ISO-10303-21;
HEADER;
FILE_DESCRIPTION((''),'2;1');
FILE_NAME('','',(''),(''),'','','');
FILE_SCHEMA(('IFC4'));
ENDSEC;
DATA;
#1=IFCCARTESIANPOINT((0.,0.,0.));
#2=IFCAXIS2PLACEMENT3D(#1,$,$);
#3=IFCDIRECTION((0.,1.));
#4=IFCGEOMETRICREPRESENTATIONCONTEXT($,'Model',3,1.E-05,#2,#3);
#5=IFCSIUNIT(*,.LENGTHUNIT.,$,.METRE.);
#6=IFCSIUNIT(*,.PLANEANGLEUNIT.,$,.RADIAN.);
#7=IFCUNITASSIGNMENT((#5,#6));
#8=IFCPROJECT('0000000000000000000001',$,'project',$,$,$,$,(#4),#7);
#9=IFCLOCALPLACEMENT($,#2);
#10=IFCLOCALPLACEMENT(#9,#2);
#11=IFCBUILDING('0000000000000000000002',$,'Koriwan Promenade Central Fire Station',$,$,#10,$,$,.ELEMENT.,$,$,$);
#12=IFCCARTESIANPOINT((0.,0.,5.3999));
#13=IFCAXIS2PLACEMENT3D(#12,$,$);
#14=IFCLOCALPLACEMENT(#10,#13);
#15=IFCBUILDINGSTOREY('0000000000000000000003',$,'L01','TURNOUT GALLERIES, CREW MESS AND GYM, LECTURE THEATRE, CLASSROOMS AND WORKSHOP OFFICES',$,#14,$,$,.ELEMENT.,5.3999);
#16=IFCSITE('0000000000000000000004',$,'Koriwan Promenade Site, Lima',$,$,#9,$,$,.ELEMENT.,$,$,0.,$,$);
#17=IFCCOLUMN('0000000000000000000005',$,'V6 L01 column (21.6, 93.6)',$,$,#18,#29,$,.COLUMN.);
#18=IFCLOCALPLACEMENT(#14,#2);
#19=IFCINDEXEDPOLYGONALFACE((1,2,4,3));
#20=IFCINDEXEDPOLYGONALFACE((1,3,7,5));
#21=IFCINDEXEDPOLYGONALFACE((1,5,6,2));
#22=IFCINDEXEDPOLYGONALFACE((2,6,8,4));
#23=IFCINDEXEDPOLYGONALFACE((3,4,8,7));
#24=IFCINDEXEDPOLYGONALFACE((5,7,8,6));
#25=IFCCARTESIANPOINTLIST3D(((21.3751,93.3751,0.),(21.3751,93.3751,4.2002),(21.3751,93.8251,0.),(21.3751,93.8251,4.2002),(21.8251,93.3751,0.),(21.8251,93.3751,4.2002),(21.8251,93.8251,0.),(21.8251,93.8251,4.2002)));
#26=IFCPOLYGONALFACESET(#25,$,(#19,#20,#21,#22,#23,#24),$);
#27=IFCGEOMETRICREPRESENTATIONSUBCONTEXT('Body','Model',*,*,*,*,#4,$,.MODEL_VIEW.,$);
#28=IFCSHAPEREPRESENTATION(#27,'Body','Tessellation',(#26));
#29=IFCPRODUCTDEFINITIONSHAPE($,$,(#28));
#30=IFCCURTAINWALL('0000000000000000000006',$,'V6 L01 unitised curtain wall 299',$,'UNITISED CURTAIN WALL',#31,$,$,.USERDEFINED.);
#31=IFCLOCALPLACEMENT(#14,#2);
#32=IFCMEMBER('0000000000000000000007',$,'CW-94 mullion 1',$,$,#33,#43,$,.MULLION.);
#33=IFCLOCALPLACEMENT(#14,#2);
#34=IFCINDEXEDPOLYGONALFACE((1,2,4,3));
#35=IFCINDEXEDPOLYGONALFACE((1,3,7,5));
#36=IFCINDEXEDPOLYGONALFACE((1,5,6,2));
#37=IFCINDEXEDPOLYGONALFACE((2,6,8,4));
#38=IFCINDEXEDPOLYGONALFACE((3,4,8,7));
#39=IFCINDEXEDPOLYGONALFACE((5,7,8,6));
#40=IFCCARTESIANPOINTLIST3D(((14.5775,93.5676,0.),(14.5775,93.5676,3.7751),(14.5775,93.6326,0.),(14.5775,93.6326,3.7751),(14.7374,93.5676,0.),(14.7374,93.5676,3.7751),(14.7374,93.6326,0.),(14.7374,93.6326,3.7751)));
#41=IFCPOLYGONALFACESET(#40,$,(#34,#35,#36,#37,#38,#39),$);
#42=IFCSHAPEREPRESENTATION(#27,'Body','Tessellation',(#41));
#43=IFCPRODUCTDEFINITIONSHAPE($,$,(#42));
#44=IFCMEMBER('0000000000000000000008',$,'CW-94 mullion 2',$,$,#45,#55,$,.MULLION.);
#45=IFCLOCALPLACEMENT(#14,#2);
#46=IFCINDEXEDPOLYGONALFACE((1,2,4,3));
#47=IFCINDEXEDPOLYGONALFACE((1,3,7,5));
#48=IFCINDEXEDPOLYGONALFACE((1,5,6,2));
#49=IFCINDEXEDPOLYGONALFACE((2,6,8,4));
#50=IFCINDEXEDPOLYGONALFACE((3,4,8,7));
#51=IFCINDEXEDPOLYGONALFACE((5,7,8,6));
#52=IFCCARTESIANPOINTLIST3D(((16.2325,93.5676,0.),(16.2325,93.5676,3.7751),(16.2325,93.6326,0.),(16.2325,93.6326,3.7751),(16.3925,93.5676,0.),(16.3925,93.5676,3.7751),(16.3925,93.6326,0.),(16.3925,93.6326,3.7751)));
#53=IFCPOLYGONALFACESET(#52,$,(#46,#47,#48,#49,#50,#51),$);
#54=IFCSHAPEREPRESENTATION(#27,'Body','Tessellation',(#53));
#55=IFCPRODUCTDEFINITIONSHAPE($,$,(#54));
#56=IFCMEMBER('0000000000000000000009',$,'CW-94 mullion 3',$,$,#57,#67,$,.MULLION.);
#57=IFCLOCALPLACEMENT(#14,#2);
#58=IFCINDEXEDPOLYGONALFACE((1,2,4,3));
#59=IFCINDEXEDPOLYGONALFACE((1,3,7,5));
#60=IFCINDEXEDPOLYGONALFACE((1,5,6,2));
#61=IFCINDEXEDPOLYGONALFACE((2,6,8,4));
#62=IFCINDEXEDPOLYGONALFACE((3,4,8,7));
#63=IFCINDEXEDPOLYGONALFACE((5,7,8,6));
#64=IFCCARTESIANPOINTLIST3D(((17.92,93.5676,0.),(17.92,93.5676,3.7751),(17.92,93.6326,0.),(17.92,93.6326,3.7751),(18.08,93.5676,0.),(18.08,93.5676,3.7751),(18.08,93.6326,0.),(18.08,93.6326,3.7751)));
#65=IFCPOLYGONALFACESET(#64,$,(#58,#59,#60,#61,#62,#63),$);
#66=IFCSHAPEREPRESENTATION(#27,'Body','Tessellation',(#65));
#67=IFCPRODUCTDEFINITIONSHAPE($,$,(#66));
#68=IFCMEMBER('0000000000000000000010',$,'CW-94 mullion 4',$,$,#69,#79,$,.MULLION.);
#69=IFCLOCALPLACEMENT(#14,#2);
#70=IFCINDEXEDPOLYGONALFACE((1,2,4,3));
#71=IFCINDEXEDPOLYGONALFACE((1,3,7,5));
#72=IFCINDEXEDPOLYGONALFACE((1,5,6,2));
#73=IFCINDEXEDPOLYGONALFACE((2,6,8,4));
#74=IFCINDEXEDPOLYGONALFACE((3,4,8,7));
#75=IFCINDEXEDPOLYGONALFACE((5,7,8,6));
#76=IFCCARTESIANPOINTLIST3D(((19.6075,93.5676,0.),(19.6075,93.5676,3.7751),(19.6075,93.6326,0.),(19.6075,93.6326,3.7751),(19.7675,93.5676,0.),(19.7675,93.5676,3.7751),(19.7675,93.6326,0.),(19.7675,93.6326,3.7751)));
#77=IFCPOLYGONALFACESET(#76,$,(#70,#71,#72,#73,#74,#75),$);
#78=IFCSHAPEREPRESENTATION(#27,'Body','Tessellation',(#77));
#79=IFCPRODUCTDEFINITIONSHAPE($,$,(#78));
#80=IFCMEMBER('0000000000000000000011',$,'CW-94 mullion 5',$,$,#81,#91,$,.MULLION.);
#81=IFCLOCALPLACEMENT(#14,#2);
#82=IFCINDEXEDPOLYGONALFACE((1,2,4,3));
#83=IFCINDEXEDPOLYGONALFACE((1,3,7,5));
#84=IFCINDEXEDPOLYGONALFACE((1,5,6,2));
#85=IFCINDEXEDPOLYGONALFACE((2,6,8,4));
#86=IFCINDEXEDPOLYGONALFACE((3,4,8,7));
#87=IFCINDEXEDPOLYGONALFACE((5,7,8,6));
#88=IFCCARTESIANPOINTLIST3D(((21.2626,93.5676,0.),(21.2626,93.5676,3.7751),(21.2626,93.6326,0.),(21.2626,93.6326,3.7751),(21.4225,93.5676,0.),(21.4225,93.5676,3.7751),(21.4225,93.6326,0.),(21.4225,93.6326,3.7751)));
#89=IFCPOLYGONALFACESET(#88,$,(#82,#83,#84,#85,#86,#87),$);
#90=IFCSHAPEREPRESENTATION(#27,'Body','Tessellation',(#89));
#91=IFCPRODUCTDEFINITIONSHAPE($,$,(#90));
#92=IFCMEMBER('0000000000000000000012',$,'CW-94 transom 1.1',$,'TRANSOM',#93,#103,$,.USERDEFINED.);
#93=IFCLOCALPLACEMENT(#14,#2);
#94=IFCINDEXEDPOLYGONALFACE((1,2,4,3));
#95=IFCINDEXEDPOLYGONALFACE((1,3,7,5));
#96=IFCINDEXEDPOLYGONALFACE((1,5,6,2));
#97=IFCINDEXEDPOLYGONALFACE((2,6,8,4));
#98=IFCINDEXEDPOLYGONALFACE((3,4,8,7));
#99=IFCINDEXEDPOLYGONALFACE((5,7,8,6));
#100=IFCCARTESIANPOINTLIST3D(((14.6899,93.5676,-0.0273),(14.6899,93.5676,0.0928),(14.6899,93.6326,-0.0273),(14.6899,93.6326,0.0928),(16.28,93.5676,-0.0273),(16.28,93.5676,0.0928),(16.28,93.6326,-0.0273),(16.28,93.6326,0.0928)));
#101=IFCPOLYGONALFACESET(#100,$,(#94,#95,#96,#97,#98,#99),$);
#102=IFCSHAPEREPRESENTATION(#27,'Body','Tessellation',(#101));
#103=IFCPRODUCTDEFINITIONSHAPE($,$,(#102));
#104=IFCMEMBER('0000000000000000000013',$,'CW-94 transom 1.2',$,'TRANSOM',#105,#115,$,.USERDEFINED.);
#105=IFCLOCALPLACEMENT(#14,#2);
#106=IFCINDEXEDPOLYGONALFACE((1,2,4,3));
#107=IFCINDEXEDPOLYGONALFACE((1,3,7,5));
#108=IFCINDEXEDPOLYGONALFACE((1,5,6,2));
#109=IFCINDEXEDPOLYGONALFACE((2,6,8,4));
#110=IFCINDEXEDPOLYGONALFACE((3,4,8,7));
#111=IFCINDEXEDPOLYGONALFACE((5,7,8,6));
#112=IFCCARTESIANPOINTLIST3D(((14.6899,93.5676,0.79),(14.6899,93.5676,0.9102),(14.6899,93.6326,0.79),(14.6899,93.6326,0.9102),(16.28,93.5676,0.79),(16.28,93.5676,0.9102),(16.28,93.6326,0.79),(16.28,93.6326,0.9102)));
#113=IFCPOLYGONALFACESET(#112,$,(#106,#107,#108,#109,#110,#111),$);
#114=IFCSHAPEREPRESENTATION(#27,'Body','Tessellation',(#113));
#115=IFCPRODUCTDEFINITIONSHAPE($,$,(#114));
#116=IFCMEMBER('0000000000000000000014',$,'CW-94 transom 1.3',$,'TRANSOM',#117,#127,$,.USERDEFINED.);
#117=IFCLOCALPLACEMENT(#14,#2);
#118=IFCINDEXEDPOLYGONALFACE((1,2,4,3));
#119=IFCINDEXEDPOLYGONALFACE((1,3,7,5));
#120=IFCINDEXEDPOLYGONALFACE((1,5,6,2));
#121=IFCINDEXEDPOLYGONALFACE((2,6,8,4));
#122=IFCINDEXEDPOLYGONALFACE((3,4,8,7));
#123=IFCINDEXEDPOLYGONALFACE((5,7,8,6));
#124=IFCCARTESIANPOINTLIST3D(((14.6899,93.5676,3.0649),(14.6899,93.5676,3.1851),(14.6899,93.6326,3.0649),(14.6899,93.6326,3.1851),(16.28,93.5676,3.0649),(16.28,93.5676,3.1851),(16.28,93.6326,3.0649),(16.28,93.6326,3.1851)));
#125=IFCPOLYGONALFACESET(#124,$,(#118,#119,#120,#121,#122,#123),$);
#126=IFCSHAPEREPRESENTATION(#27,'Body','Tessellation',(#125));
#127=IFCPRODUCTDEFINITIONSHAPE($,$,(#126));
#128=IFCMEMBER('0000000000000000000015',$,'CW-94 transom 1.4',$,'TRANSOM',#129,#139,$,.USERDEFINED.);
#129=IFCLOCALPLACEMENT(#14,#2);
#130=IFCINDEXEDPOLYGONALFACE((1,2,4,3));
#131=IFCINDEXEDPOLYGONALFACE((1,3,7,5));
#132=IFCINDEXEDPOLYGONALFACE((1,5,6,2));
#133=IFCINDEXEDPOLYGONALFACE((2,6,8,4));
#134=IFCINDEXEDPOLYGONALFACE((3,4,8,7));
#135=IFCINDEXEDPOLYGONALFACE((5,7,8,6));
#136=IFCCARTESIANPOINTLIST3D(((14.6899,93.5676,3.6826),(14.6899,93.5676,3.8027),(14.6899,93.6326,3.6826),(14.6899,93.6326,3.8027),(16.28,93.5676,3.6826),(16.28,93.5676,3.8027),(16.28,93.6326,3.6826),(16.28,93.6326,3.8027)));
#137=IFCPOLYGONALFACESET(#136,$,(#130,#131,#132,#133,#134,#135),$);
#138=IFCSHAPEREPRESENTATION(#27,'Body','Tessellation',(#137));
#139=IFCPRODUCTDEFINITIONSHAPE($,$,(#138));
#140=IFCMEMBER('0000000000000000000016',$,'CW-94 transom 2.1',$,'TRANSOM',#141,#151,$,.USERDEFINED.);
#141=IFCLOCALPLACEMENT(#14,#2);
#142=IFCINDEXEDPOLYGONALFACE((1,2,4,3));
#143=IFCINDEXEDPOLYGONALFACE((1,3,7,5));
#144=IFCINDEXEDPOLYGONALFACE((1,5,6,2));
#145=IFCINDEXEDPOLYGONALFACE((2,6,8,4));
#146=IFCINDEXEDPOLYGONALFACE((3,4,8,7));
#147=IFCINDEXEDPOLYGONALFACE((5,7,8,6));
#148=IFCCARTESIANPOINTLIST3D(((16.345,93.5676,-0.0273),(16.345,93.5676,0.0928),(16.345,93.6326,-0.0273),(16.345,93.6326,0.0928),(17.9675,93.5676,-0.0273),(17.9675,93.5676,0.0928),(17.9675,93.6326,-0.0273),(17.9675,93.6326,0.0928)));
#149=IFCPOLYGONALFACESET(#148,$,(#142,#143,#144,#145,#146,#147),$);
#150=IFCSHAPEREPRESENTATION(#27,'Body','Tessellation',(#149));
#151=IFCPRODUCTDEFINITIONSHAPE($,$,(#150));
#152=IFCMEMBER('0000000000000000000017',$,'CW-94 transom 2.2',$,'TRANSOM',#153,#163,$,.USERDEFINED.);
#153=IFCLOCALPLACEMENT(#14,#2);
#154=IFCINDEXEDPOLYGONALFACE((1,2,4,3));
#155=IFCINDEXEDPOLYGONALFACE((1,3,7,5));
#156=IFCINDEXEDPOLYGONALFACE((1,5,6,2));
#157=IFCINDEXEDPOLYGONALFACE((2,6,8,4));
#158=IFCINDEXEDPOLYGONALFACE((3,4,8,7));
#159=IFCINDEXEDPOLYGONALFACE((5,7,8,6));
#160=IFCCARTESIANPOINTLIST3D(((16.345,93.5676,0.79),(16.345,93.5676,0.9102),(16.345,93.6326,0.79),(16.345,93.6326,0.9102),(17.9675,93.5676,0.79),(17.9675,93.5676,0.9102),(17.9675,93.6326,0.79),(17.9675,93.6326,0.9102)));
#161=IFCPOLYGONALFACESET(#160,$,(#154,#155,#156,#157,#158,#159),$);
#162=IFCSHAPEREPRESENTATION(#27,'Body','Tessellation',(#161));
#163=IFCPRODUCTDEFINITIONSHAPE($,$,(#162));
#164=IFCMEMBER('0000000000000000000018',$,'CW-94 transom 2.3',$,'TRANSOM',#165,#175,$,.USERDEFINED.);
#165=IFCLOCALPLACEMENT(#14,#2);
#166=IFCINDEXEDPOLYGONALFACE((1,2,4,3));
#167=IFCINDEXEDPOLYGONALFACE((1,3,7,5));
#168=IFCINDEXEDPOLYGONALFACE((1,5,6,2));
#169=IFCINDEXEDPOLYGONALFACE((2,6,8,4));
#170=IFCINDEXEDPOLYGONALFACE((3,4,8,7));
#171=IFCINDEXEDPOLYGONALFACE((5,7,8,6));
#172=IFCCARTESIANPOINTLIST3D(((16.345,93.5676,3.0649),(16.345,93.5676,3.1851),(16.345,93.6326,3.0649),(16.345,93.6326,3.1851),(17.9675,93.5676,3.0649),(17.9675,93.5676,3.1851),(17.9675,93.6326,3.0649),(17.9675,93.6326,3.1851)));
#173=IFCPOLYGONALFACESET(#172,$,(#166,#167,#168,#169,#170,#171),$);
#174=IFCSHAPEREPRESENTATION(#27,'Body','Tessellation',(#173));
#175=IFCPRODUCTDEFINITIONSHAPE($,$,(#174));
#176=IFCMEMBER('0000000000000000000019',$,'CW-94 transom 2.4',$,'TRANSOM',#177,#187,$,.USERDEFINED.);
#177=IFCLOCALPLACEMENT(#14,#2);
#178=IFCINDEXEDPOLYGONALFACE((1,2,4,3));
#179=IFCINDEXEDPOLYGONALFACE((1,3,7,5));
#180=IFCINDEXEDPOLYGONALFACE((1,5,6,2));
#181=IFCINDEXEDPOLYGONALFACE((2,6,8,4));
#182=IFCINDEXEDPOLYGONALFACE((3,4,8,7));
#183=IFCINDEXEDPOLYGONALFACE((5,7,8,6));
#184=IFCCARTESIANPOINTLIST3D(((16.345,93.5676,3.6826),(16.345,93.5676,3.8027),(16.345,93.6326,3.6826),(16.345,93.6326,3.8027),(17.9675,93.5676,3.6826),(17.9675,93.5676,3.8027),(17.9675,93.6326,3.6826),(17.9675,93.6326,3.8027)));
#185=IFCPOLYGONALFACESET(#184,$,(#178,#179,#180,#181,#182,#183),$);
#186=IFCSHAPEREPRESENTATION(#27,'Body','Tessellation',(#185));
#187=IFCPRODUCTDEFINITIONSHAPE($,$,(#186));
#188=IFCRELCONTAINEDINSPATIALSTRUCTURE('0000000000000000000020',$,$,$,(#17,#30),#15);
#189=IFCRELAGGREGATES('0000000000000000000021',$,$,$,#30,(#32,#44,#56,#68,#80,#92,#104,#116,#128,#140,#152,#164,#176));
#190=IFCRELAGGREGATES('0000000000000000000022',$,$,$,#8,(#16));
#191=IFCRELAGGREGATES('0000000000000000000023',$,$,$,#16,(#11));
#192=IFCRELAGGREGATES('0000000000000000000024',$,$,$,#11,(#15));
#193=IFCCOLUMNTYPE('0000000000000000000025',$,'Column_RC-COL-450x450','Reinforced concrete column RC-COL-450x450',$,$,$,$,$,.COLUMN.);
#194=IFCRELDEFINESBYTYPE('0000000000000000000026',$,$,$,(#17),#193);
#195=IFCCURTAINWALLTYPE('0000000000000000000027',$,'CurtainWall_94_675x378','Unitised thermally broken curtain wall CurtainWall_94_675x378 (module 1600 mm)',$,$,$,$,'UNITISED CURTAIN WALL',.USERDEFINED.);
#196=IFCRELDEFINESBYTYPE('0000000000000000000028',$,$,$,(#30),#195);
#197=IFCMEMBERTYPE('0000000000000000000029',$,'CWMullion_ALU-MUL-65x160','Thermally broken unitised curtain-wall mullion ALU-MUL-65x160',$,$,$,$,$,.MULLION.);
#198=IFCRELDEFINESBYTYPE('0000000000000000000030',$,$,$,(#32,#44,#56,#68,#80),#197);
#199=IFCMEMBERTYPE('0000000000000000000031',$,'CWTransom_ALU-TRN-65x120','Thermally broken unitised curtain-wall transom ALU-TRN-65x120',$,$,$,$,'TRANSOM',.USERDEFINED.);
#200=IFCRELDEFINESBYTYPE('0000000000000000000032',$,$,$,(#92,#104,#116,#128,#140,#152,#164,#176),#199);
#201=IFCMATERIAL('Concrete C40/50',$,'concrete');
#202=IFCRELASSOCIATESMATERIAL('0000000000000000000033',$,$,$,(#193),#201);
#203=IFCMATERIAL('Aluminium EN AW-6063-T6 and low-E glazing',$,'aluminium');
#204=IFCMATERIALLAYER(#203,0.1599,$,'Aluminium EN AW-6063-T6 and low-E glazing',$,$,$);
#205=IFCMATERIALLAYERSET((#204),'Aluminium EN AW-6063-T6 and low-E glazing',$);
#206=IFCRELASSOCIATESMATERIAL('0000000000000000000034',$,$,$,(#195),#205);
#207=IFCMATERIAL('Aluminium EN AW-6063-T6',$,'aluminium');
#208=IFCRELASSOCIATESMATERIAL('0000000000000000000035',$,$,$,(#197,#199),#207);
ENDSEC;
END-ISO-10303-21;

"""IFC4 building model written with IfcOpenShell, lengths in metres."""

from ifc_helpers import new_model, si_unit, direction, frame, origin, origin_2d, place, context, subcontext, project, spatial, rectangle, extrude, material, layer, layer_set, material_profile, profile_set, type_object, element, aggregate, save


model = new_model("IFC4")

# Units and contexts
model_context = context("Model", 3, precision=1e-05, world=origin(), true_north=direction((0.0, 1.0)))
body_context = subcontext(model_context, "Body", "Model", "MODEL_VIEW")
ifc_project = project(units=[si_unit("LENGTHUNIT", "METRE"), si_unit("PLANEANGLEUNIT", "RADIAN")], contexts=[model_context])

# Site, building, storey
site_placement = place(None, origin())
site = spatial("IfcSite", under=ifc_project, at=site_placement, Name="Koriwan Promenade Site, Lima", CompositionType="ELEMENT", RefElevation=0.0)
building_placement = place(site_placement, origin())
building = spatial("IfcBuilding", under=site, at=building_placement, Name="Koriwan Promenade Central Fire Station", CompositionType="ELEMENT")
storey_placement = place(building_placement, frame((0.0, 0.0, 5.3999)))
storey = spatial("IfcBuildingStorey", under=building, at=storey_placement, Name="L01", Description="TURNOUT GALLERIES, CREW MESS AND GYM, LECTURE THEATRE, CLASSROOMS AND WORKSHOP OFFICES", CompositionType="ELEMENT", Elevation=5.3999)

# Column
ifc_material_1 = material(Name="Concrete C40/50", Category="concrete")
ifc_material_profile_1 = material_profile(ifc_material_1, rectangle(XDim=0.45, YDim=0.45, at=origin_2d()), Name="RC-COL-450x450")
ifc_profile_set_1 = profile_set([ifc_material_profile_1], Name="Concrete C40/50")
column_type = type_object("IfcColumnType", Name="Column_RC-COL-450x450", Description="Reinforced concrete column RC-COL-450x450", PredefinedType="COLUMN", material=ifc_profile_set_1)
column_placement = place(storey_placement, frame((21.6001, 93.6001, 0.0), z_axis=(0.0, 0.0, 1.0), x_axis=(1.0, 0.0, 0.0)))
element("IfcColumn", 1, at=column_placement, inside=storey, type_object=column_type, Name="V6 L01 column (21.6, 93.6)", PredefinedType="COLUMN", context=body_context, shape_type="SweptSolid", body=[
    extrude(rectangle(XDim=0.45, YDim=0.45, at=origin_2d()), origin(), (0.0, 0.0, 1.0), 4.2002),
])

# Curtain wall, members
ifc_material_2 = material(Name="Aluminium EN AW-6063-T6 and low-E glazing", Category="aluminium")
ifc_layer_1 = layer(ifc_material_2, 0.1599, Name="Aluminium EN AW-6063-T6 and low-E glazing")
ifc_layer_set_1 = layer_set([ifc_layer_1], Name="Aluminium EN AW-6063-T6 and low-E glazing")
curtain_wall_type = type_object("IfcCurtainWallType", Name="CurtainWall_94_675x378", Description="Unitised thermally broken curtain wall CurtainWall_94_675x378 (module 1600 mm)", ElementType="UNITISED CURTAIN WALL", PredefinedType="USERDEFINED", material=ifc_layer_set_1)
curtain_wall_placement = place(storey_placement, origin())
curtain_wall = element("IfcCurtainWall", 2, at=curtain_wall_placement, inside=storey, type_object=curtain_wall_type, Name="V6 L01 unitised curtain wall 299", ObjectType="UNITISED CURTAIN WALL", PredefinedType="USERDEFINED")
ifc_material_3 = material(Name="Aluminium EN AW-6063-T6", Category="aluminium")
ifc_material_profile_2 = material_profile(ifc_material_3, rectangle(XDim=0.0649, YDim=0.1599, at=origin_2d()), Name="ALU-MUL-65x160")
ifc_profile_set_2 = profile_set([ifc_material_profile_2], Name="Aluminium EN AW-6063-T6")
member_type_1 = type_object("IfcMemberType", Name="CWMullion_ALU-MUL-65x160", Description="Thermally broken unitised curtain-wall mullion ALU-MUL-65x160", PredefinedType="MULLION", material=ifc_profile_set_2)
member_1_placement = place(storey_placement, frame((14.6575, 93.6001, 0.0), z_axis=(0.0, 0.0, 1.0), x_axis=(0.0, 1.0, 0.0)))
member_1 = element("IfcMember", 3, at=member_1_placement, type_object=member_type_1, Name="CW-94 mullion 1", PredefinedType="MULLION", context=body_context, shape_type="SweptSolid", body=[
    extrude(rectangle(XDim=0.0649, YDim=0.1599, at=origin_2d()), origin(), (0.0, 0.0, 1.0), 3.7751),
])
member_2_placement = place(storey_placement, frame((16.3125, 93.6001, 0.0), z_axis=(0.0, 0.0, 1.0), x_axis=(0.0, 1.0, 0.0)))
member_2 = element("IfcMember", 4, at=member_2_placement, type_object=member_type_1, Name="CW-94 mullion 2", PredefinedType="MULLION", context=body_context, shape_type="SweptSolid", body=[
    extrude(rectangle(XDim=0.0649, YDim=0.1599, at=origin_2d()), origin(), (0.0, 0.0, 1.0), 3.7751),
])
member_3_placement = place(storey_placement, frame((18.0, 93.6001, 0.0), z_axis=(0.0, 0.0, 1.0), x_axis=(0.0, 1.0, 0.0)))
member_3 = element("IfcMember", 5, at=member_3_placement, type_object=member_type_1, Name="CW-94 mullion 3", PredefinedType="MULLION", context=body_context, shape_type="SweptSolid", body=[
    extrude(rectangle(XDim=0.0649, YDim=0.1599, at=origin_2d()), origin(), (0.0, 0.0, 1.0), 3.7751),
])
member_4_placement = place(storey_placement, frame((19.6875, 93.6001, 0.0), z_axis=(0.0, 0.0, 1.0), x_axis=(0.0, 1.0, 0.0)))
member_4 = element("IfcMember", 6, at=member_4_placement, type_object=member_type_1, Name="CW-94 mullion 4", PredefinedType="MULLION", context=body_context, shape_type="SweptSolid", body=[
    extrude(rectangle(XDim=0.0649, YDim=0.1599, at=origin_2d()), origin(), (0.0, 0.0, 1.0), 3.7751),
])
member_5_placement = place(storey_placement, frame((21.3425, 93.6001, 0.0), z_axis=(0.0, 0.0, 1.0), x_axis=(0.0, 1.0, 0.0)))
member_5 = element("IfcMember", 7, at=member_5_placement, type_object=member_type_1, Name="CW-94 mullion 5", PredefinedType="MULLION", context=body_context, shape_type="SweptSolid", body=[
    extrude(rectangle(XDim=0.0649, YDim=0.1599, at=origin_2d()), origin(), (0.0, 0.0, 1.0), 3.7751),
])
ifc_material_profile_3 = material_profile(ifc_material_3, rectangle(XDim=0.0649, YDim=0.1201, at=origin_2d()), Name="ALU-TRN-65x120")
ifc_profile_set_3 = profile_set([ifc_material_profile_3], Name="Aluminium EN AW-6063-T6")
member_type_2 = type_object("IfcMemberType", Name="CWTransom_ALU-TRN-65x120", Description="Thermally broken unitised curtain-wall transom ALU-TRN-65x120", ElementType="TRANSOM", PredefinedType="USERDEFINED", material=ifc_profile_set_3)
member_6_placement = place(storey_placement, frame((14.6899, 93.6001, 0.0327), z_axis=(1.0, 0.0, 0.0), x_axis=(0.0, 1.0, 0.0)))
member_6 = element("IfcMember", 8, at=member_6_placement, type_object=member_type_2, Name="CW-94 transom 1.1", ObjectType="TRANSOM", PredefinedType="USERDEFINED", context=body_context, shape_type="SweptSolid", body=[
    extrude(rectangle(XDim=0.0649, YDim=0.1201, at=origin_2d()), origin(), (0.0, 0.0, 1.0), 1.5901),
])
member_7_placement = place(storey_placement, frame((14.6899, 93.6001, 0.8501), z_axis=(1.0, 0.0, 0.0), x_axis=(0.0, 1.0, 0.0)))
member_7 = element("IfcMember", 9, at=member_7_placement, type_object=member_type_2, Name="CW-94 transom 1.2", ObjectType="TRANSOM", PredefinedType="USERDEFINED", context=body_context, shape_type="SweptSolid", body=[
    extrude(rectangle(XDim=0.0649, YDim=0.1201, at=origin_2d()), origin(), (0.0, 0.0, 1.0), 1.5901),
])
member_8_placement = place(storey_placement, frame((14.6899, 93.6001, 3.125), z_axis=(1.0, 0.0, 0.0), x_axis=(0.0, 1.0, 0.0)))
member_8 = element("IfcMember", 10, at=member_8_placement, type_object=member_type_2, Name="CW-94 transom 1.3", ObjectType="TRANSOM", PredefinedType="USERDEFINED", context=body_context, shape_type="SweptSolid", body=[
    extrude(rectangle(XDim=0.0649, YDim=0.1201, at=origin_2d()), origin(), (0.0, 0.0, 1.0), 1.5901),
])
member_9_placement = place(storey_placement, frame((14.6899, 93.6001, 3.7427), z_axis=(1.0, 0.0, 0.0), x_axis=(0.0, 1.0, 0.0)))
member_9 = element("IfcMember", 11, at=member_9_placement, type_object=member_type_2, Name="CW-94 transom 1.4", ObjectType="TRANSOM", PredefinedType="USERDEFINED", context=body_context, shape_type="SweptSolid", body=[
    extrude(rectangle(XDim=0.0649, YDim=0.1201, at=origin_2d()), origin(), (0.0, 0.0, 1.0), 1.5901),
])
member_10_placement = place(storey_placement, frame((16.345, 93.6001, 0.0327), z_axis=(1.0, 0.0, 0.0), x_axis=(0.0, 1.0, 0.0)))
member_10 = element("IfcMember", 12, at=member_10_placement, type_object=member_type_2, Name="CW-94 transom 2.1", ObjectType="TRANSOM", PredefinedType="USERDEFINED", context=body_context, shape_type="SweptSolid", body=[
    extrude(rectangle(XDim=0.0649, YDim=0.1201, at=origin_2d()), origin(), (0.0, 0.0, 1.0), 1.6226),
])
member_11_placement = place(storey_placement, frame((16.345, 93.6001, 0.8501), z_axis=(1.0, 0.0, 0.0), x_axis=(0.0, 1.0, 0.0)))
member_11 = element("IfcMember", 13, at=member_11_placement, type_object=member_type_2, Name="CW-94 transom 2.2", ObjectType="TRANSOM", PredefinedType="USERDEFINED", context=body_context, shape_type="SweptSolid", body=[
    extrude(rectangle(XDim=0.0649, YDim=0.1201, at=origin_2d()), origin(), (0.0, 0.0, 1.0), 1.6226),
])
member_12_placement = place(storey_placement, frame((16.345, 93.6001, 3.125), z_axis=(1.0, 0.0, 0.0), x_axis=(0.0, 1.0, 0.0)))
member_12 = element("IfcMember", 14, at=member_12_placement, type_object=member_type_2, Name="CW-94 transom 2.3", ObjectType="TRANSOM", PredefinedType="USERDEFINED", context=body_context, shape_type="SweptSolid", body=[
    extrude(rectangle(XDim=0.0649, YDim=0.1201, at=origin_2d()), origin(), (0.0, 0.0, 1.0), 1.6226),
])
member_13_placement = place(storey_placement, frame((16.345, 93.6001, 3.7427), z_axis=(1.0, 0.0, 0.0), x_axis=(0.0, 1.0, 0.0)))
member_13 = element("IfcMember", 15, at=member_13_placement, type_object=member_type_2, Name="CW-94 transom 2.4", ObjectType="TRANSOM", PredefinedType="USERDEFINED", context=body_context, shape_type="SweptSolid", body=[
    extrude(rectangle(XDim=0.0649, YDim=0.1201, at=origin_2d()), origin(), (0.0, 0.0, 1.0), 1.6226),
])
aggregate(curtain_wall, [member_1, member_2, member_3, member_4, member_5, member_6, member_7, member_8, member_9, member_10, member_11, member_12, member_13])

save(model, "model.ifc")
